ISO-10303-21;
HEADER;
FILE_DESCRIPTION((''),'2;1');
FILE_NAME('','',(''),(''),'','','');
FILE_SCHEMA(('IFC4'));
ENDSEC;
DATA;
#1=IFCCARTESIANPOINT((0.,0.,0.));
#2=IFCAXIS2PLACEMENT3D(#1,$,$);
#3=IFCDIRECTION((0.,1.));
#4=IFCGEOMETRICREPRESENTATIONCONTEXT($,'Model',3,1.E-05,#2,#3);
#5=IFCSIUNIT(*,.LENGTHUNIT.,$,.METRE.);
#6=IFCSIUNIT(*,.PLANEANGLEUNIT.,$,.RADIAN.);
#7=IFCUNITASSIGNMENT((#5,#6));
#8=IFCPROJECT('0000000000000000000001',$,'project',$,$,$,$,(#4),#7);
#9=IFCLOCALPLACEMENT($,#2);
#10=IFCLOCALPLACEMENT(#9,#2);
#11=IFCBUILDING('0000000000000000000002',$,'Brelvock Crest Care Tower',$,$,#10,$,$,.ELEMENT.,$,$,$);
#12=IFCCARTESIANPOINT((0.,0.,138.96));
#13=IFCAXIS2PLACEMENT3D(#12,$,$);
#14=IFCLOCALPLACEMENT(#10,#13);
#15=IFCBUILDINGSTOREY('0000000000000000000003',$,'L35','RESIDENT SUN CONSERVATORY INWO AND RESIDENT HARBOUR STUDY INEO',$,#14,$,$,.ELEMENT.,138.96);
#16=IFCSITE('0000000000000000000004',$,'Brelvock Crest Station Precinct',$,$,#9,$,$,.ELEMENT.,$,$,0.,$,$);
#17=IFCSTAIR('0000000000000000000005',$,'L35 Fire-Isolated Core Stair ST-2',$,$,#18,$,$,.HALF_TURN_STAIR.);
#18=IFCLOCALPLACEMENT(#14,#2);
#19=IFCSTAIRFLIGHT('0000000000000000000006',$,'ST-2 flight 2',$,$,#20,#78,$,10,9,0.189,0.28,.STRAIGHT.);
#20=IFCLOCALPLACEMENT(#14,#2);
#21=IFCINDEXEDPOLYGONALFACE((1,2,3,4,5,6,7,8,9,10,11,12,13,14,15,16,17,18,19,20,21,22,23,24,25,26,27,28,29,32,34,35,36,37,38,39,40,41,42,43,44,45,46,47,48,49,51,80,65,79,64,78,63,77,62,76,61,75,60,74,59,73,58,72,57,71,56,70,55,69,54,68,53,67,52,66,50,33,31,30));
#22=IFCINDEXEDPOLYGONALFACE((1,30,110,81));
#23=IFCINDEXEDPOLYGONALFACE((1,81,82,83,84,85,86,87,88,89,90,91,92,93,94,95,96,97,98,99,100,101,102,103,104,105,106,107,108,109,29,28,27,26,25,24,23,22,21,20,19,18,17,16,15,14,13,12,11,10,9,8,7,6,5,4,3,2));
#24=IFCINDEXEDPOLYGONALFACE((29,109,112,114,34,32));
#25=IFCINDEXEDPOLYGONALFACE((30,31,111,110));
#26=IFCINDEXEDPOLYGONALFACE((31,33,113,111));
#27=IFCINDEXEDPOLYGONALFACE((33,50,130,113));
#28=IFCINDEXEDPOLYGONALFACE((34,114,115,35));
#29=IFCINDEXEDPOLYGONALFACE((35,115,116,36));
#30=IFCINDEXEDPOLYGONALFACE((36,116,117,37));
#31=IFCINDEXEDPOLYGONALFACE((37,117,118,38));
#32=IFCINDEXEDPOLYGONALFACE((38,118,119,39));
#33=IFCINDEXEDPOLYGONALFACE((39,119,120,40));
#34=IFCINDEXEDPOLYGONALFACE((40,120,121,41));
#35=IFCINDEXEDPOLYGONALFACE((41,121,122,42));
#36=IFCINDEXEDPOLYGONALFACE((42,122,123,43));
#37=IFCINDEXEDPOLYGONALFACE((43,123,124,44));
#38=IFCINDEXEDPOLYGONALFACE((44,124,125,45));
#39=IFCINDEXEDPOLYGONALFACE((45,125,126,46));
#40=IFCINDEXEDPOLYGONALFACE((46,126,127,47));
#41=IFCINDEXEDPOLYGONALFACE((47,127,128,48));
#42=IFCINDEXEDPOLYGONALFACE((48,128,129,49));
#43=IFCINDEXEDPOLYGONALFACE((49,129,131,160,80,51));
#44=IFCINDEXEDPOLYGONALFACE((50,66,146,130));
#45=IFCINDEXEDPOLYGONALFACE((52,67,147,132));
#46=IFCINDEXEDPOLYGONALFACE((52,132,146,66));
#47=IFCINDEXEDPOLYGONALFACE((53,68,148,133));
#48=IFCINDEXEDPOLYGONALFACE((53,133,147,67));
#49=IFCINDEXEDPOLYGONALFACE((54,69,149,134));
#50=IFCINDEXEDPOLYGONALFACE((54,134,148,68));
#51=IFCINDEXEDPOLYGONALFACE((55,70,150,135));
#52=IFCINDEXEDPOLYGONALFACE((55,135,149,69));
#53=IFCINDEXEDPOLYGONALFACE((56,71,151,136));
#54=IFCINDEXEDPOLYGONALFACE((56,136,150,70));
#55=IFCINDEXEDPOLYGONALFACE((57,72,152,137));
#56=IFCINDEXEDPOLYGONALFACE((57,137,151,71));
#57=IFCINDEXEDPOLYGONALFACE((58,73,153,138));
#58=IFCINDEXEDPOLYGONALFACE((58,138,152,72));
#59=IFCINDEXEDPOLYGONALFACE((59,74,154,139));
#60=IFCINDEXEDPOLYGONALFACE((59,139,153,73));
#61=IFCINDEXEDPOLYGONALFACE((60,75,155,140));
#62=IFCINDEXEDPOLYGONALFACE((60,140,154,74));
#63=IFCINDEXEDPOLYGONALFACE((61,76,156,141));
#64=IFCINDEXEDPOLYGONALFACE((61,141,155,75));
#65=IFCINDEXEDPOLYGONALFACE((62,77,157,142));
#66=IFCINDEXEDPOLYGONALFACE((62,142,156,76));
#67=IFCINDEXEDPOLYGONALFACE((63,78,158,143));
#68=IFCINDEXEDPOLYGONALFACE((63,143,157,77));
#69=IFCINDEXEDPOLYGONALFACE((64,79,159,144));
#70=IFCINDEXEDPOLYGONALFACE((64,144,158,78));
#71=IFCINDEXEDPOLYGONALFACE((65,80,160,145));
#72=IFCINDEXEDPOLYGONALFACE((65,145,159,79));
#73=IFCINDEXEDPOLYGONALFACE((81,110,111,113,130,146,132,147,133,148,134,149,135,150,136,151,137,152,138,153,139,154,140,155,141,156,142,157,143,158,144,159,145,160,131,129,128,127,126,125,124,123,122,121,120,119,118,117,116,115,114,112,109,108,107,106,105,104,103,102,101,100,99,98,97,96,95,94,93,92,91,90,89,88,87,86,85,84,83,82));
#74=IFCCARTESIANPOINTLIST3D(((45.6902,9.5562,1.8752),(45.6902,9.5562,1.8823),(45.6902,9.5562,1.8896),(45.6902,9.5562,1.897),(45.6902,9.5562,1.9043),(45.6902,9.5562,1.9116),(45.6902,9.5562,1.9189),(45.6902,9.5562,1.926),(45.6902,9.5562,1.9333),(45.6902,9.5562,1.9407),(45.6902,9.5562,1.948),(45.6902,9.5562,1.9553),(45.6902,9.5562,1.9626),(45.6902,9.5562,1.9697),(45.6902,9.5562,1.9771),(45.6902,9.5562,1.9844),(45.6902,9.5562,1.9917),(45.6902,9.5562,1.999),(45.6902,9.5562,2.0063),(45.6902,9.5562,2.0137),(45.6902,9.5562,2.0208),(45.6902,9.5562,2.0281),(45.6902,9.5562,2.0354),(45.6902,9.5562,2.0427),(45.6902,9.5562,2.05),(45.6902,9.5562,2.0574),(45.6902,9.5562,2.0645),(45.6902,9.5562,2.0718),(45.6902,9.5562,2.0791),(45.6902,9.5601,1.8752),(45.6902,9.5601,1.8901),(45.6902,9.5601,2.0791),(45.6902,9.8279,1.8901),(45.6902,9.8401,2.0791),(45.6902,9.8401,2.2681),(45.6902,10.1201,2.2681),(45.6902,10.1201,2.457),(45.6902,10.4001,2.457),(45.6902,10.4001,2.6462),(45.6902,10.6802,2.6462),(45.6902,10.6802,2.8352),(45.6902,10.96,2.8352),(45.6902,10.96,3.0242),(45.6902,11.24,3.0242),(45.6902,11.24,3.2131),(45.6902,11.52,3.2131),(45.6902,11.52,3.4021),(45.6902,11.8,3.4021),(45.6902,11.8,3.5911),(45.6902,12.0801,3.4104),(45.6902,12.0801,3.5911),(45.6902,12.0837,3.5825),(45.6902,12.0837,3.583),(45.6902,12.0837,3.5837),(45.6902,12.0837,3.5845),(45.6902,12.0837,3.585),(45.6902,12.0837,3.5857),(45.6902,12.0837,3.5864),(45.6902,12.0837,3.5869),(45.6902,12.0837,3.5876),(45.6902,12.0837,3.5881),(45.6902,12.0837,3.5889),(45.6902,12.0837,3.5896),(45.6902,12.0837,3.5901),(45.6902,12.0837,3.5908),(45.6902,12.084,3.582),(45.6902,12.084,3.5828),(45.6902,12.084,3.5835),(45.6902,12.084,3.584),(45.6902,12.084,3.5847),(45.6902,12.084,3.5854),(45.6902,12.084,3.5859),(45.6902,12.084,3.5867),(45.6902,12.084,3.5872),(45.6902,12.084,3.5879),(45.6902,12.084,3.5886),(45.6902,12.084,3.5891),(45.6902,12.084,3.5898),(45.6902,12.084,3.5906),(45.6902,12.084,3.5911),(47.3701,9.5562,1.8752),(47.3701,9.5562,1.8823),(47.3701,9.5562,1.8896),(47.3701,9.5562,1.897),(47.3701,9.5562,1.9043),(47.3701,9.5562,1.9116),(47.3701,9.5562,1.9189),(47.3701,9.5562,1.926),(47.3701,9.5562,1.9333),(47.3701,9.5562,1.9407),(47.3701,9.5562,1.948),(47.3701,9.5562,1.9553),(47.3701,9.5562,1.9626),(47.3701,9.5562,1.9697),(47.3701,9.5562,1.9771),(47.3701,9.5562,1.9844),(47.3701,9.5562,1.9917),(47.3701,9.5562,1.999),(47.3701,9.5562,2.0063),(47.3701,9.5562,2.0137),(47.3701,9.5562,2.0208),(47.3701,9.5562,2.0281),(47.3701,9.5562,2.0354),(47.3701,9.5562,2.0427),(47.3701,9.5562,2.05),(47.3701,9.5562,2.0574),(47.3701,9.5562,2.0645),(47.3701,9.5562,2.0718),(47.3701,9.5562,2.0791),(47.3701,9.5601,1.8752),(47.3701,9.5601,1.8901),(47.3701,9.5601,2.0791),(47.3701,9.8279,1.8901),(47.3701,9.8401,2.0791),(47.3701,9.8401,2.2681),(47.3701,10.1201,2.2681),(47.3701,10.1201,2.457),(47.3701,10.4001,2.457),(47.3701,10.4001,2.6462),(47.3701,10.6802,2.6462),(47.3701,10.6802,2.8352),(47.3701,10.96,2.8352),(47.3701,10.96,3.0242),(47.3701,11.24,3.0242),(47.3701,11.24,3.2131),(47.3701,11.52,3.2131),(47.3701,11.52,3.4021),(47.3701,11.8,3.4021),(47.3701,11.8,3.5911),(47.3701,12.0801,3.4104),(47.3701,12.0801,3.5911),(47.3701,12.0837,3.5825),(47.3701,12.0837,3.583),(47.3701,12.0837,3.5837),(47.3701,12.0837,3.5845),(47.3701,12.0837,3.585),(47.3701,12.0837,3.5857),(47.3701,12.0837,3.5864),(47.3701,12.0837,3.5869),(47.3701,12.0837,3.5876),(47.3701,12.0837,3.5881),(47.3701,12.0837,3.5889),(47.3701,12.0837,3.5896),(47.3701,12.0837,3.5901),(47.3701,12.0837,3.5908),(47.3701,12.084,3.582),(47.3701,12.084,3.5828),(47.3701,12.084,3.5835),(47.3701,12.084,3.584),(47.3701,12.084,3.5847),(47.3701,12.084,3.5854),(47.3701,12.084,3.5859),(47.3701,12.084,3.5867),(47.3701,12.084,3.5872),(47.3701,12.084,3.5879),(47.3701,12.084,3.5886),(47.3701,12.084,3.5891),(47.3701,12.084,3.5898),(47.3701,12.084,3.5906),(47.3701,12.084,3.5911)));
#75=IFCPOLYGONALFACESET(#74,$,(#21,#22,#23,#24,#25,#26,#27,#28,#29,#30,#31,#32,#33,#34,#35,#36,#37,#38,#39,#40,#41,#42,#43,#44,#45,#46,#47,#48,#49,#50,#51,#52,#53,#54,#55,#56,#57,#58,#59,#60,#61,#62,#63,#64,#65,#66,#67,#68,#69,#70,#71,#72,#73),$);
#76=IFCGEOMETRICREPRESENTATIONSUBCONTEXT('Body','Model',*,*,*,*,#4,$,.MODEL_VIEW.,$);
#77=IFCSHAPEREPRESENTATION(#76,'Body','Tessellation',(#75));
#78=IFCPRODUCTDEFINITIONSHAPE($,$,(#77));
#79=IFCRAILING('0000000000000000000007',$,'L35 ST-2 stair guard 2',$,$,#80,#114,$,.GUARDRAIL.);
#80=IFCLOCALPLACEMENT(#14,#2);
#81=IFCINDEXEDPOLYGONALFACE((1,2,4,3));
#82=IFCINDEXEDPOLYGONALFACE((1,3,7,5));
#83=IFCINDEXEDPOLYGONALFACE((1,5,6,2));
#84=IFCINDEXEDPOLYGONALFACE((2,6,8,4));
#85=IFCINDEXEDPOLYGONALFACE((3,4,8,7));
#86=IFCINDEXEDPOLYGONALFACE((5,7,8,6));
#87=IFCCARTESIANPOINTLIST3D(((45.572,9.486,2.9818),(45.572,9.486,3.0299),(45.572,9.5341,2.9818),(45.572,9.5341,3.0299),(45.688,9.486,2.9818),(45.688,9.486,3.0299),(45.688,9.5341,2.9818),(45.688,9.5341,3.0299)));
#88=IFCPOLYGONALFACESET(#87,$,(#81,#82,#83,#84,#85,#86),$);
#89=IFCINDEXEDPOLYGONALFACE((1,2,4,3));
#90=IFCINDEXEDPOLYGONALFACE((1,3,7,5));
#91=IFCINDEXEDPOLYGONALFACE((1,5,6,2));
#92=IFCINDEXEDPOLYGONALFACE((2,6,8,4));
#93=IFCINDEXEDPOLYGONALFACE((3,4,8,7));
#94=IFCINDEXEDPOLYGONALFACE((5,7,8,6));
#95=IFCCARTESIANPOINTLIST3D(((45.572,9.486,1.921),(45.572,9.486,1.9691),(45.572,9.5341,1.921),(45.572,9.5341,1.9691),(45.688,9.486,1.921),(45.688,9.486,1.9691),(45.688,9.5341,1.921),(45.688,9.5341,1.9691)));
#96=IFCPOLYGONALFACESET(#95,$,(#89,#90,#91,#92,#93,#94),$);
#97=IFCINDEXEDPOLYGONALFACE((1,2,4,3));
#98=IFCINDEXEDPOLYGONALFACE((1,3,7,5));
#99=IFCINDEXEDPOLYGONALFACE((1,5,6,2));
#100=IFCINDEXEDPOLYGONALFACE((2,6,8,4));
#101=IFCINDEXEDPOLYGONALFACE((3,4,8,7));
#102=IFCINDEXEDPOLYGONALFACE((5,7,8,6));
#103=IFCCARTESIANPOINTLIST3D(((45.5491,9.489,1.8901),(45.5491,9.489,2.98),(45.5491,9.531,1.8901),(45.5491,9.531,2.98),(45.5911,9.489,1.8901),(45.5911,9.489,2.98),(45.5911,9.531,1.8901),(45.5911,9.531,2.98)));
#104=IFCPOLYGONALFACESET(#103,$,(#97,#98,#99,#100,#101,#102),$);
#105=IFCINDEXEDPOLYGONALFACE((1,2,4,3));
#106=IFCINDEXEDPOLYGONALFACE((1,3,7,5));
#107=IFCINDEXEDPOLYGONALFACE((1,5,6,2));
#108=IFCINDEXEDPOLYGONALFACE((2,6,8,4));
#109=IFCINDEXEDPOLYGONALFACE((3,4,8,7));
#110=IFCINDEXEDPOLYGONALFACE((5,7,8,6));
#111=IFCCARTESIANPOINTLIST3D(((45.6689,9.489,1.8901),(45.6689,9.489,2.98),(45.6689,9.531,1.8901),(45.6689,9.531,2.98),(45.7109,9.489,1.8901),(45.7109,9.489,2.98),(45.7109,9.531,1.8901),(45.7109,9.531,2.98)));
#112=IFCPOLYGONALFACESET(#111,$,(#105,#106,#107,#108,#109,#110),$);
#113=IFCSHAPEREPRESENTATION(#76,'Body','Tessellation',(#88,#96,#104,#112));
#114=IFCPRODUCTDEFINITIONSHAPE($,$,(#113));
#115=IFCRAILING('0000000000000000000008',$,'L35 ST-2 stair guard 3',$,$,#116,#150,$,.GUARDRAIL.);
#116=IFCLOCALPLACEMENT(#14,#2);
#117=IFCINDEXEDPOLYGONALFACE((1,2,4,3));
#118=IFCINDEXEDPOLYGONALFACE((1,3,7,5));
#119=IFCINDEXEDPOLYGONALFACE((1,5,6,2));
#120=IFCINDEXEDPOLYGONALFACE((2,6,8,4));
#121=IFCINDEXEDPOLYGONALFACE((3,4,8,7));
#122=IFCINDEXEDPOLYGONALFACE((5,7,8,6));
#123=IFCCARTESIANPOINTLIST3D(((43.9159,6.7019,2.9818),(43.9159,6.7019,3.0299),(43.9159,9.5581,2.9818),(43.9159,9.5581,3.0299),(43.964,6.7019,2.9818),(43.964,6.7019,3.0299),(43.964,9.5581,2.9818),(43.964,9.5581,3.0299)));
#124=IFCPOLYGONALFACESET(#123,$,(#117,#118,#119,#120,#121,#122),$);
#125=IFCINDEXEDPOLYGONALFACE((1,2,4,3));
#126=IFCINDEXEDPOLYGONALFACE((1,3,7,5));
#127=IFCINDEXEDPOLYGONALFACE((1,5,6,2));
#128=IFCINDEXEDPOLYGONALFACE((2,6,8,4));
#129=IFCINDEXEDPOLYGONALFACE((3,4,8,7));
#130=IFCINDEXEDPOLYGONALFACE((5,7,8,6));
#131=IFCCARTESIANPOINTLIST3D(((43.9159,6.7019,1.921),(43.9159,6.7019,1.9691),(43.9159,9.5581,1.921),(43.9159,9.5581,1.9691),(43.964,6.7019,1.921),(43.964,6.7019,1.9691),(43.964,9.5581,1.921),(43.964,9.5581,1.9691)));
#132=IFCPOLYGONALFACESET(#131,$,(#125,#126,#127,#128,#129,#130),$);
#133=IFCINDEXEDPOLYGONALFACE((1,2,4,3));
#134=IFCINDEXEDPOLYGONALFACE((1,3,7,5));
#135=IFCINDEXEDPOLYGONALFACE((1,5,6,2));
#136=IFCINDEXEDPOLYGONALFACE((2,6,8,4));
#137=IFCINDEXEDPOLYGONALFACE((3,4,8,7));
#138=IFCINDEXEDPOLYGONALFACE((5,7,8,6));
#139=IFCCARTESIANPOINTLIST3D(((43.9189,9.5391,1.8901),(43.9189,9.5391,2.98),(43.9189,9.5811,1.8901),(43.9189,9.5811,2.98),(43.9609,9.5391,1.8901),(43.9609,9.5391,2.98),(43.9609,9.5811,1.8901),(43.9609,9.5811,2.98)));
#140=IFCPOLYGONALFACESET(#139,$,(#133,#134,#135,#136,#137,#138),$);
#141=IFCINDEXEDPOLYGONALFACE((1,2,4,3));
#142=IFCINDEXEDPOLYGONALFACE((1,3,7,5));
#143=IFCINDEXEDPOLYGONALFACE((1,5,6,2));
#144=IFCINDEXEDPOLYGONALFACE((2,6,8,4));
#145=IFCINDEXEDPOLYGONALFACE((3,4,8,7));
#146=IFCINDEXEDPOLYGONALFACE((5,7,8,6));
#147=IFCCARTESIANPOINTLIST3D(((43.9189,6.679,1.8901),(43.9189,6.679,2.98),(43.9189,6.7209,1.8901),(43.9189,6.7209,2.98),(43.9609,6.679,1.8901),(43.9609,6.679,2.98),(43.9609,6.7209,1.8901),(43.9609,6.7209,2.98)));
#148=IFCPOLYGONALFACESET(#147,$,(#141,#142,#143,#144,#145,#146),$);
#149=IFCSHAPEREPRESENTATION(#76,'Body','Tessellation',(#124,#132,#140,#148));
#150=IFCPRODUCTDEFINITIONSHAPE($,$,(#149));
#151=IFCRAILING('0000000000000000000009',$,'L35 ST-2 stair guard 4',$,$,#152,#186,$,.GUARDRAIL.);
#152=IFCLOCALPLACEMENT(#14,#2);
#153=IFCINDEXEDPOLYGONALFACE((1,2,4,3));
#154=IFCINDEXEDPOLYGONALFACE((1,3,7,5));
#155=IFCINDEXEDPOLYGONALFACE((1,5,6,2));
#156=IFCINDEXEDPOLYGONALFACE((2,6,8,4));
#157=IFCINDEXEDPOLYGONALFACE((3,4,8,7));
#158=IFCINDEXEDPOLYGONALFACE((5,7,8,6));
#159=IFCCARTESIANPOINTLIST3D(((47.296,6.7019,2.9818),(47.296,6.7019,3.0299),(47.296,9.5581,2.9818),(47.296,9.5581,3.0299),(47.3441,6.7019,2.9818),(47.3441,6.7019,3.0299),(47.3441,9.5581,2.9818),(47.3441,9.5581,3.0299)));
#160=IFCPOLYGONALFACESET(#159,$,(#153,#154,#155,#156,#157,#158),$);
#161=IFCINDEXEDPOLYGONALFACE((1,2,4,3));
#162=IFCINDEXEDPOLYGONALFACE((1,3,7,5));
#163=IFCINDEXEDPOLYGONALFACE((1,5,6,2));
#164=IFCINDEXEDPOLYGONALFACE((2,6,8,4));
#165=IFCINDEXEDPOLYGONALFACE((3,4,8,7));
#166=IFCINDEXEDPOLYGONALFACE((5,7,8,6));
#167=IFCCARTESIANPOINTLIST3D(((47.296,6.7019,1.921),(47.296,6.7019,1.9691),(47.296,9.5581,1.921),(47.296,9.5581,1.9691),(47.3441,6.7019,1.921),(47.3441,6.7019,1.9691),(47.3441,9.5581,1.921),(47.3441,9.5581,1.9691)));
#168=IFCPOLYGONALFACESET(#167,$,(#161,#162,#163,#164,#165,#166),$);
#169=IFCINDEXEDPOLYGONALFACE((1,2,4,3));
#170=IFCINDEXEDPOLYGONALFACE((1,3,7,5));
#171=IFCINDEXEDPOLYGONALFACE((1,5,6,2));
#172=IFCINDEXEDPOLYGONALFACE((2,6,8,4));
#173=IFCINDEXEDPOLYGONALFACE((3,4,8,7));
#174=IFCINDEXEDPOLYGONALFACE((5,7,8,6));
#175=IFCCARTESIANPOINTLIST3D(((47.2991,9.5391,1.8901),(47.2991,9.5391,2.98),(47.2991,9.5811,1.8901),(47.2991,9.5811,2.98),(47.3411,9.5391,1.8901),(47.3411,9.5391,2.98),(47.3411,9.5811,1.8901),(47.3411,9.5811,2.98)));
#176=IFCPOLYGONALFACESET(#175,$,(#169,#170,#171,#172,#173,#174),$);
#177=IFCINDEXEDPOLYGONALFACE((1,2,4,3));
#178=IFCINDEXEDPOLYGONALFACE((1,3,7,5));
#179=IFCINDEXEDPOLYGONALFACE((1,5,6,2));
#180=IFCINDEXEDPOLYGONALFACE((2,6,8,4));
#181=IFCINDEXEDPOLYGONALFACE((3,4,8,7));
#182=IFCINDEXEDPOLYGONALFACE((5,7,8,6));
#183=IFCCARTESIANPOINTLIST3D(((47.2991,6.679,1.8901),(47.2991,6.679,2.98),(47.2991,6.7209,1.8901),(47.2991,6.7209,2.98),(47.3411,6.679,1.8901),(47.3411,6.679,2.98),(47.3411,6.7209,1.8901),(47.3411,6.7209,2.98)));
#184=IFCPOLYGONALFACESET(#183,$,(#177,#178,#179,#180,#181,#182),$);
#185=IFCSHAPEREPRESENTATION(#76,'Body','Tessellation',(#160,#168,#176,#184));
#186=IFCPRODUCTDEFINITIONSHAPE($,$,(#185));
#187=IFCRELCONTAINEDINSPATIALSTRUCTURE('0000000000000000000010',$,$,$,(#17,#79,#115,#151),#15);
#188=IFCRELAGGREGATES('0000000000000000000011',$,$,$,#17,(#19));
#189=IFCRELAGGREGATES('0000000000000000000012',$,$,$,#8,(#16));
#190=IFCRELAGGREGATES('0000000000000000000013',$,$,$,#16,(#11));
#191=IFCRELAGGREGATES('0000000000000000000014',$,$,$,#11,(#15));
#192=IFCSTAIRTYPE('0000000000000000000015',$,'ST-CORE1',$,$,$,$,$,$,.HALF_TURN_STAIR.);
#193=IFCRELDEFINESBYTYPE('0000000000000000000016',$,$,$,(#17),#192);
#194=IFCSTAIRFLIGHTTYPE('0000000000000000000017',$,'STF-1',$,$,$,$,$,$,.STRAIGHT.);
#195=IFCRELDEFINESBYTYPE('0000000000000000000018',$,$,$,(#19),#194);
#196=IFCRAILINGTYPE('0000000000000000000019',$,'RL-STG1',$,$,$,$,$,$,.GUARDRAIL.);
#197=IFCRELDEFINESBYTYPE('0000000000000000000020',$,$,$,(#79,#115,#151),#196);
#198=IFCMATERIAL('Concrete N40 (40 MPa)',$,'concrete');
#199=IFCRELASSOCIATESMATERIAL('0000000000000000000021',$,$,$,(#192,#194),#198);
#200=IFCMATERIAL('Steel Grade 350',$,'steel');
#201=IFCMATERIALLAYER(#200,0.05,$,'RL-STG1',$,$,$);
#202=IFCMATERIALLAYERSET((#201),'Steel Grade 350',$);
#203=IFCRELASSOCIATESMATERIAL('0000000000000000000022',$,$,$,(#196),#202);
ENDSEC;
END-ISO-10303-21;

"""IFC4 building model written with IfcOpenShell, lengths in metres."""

from ifc_helpers import new_model, si_unit, direction, frame, origin, origin_2d, place, context, subcontext, project, spatial, polyline, rectangle, outline, extrude, material, layer, layer_set, type_object, element, aggregate, save


model = new_model("IFC4")

# Units and contexts
model_context = context("Model", 3, precision=1e-05, world=origin(), true_north=direction((0.0, 1.0)))
body_context = subcontext(model_context, "Body", "Model", "MODEL_VIEW")
ifc_project = project(units=[si_unit("LENGTHUNIT", "METRE"), si_unit("PLANEANGLEUNIT", "RADIAN")], contexts=[model_context])

# Site, building, storey
site_placement = place(None, origin())
site = spatial("IfcSite", under=ifc_project, at=site_placement, Name="Brelvock Crest Station Precinct", CompositionType="ELEMENT", RefElevation=0.0)
building_placement = place(site_placement, origin())
building = spatial("IfcBuilding", under=site, at=building_placement, Name="Brelvock Crest Care Tower", CompositionType="ELEMENT")
storey_placement = place(building_placement, frame((0.0, 0.0, 138.96)))
storey = spatial("IfcBuildingStorey", under=building, at=storey_placement, Name="L35", Description="RESIDENT SUN CONSERVATORY INWO AND RESIDENT HARBOUR STUDY INEO", CompositionType="ELEMENT", Elevation=138.96)

# Shared definitions
ifc_material_1 = material(Name="Steel Grade 350", Category="steel")

# Stair, stair flight
ifc_material_2 = material(Name="Concrete N40 (40 MPa)", Category="concrete")
stair_type = type_object("IfcStairType", Name="ST-CORE1", PredefinedType="HALF_TURN_STAIR", material=ifc_material_2)
stair_placement = place(storey_placement, origin())
stair = element("IfcStair", 1, at=stair_placement, inside=storey, type_object=stair_type, Name="L35 Fire-Isolated Core Stair ST-2", PredefinedType="HALF_TURN_STAIR")
stair_flight_type = type_object("IfcStairFlightType", Name="STF-1", PredefinedType="STRAIGHT", material=ifc_material_2)
stair_flight_placement = place(storey_placement, frame((46.53, 9.5601, 1.8901), z_axis=(0.0, 0.0, 1.0), x_axis=(0.0, 1.0, 0.0)))
stair_flight = element("IfcStairFlight", 2, at=stair_flight_placement, type_object=stair_flight_type, Name="ST-2 flight 2", NumberOfRisers=10, NumberOfTreads=9, PredefinedType="STRAIGHT", RiserHeight=0.189, TreadLength=0.28, context=body_context, shape_type="SweptSolid", body=[
    extrude(outline(polyline([(-0.0039, -0.0149), (-0.0039, -0.0078), (-0.0039, -0.0005), (-0.0039, 0.0068), (-0.0039, 0.0142), (-0.0039, 0.0215), (-0.0039, 0.0288), (-0.0039, 0.0359), (-0.0039, 0.0432), (-0.0039, 0.0505), (-0.0039, 0.0579), (-0.0039, 0.0652), (-0.0039, 0.0725), (-0.0039, 0.0796), (-0.0039, 0.0869), (-0.0039, 0.0942), (-0.0039, 0.1016), (-0.0039, 0.1089), (-0.0039, 0.1162), (-0.0039, 0.1235), (-0.0039, 0.1306), (-0.0039, 0.1379), (-0.0039, 0.1453), (-0.0039, 0.1526), (-0.0039, 0.1599), (-0.0039, 0.1672), (-0.0039, 0.1743), (-0.0039, 0.1816), (-0.0039, 0.189), (0.0, 0.189), (0.28, 0.189), (0.28, 0.3779), (0.5601, 0.3779), (0.5601, 0.5669), (0.8401, 0.5669), (0.8401, 0.7561), (1.1201, 0.7561), (1.1201, 0.9451), (1.3999, 0.9451), (1.3999, 1.134), (1.6799, 1.134), (1.6799, 1.323), (1.96, 1.323), (1.96, 1.512), (2.24, 1.512), (2.24, 1.7009), (2.52, 1.7009), (2.5239, 1.7009), (2.5237, 1.7007), (2.5239, 1.7004), (2.5237, 1.7), (2.5239, 1.6997), (2.5237, 1.6995), (2.5239, 1.699), (2.5237, 1.6987), (2.5239, 1.6985), (2.5237, 1.698), (2.5239, 1.6978), (2.5237, 1.6975), (2.5239, 1.697), (2.5237, 1.6968), (2.5239, 1.6965), (2.5237, 1.6963), (2.5239, 1.6958), (2.5237, 1.6956), (2.5239, 1.6953), (2.5237, 1.6948), (2.5239, 1.6946), (2.5237, 1.6943), (2.5239, 1.6938), (2.5237, 1.6936), (2.5239, 1.6934), (2.5237, 1.6929), (2.5239, 1.6926), (2.5237, 1.6924), (2.5239, 1.6919), (2.52, 1.5203), (0.2678, 0.0), (0.0, 0.0), (0.0, -0.0149), (-0.0039, -0.0149)])), frame((0.0, 0.8398, 0.0), z_axis=(0.0, -1.0, 0.0), x_axis=(1.0, 0.0, 0.0)), (0.0, 0.0, 1.0), 1.6799),
])
aggregate(stair, [stair_flight])

# Railings
ifc_layer_1 = layer(ifc_material_1, 0.05, Name="RL-STG1")
ifc_layer_set_1 = layer_set([ifc_layer_1], Name="Steel Grade 350")
railing_type_1 = type_object("IfcRailingType", Name="RL-STG1", PredefinedType="GUARDRAIL", material=ifc_layer_set_1)
railing_1_placement = place(storey_placement, frame((45.5701, 9.51, 1.8901)))
element("IfcRailing", 3, at=railing_1_placement, inside=storey, type_object=railing_type_1, Name="L35 ST-2 stair guard 2", PredefinedType="GUARDRAIL", context=body_context, shape_type="SweptSolid", body=[
    extrude(rectangle(XDim=0.0481, YDim=0.0481, at=origin_2d()), frame((0.002, 0.0, 1.1157), z_axis=(1.0, 0.0, 0.0), x_axis=(0.0, 1.0, 0.0)), (0.0, 0.0, 1.0), 0.116),
    extrude(rectangle(XDim=0.0481, YDim=0.0481, at=origin_2d()), frame((0.002, 0.0, 0.0549), z_axis=(1.0, 0.0, 0.0), x_axis=(0.0, 1.0, 0.0)), (0.0, 0.0, 1.0), 0.116),
    extrude(rectangle(XDim=0.042, YDim=0.042, at=origin_2d()), origin(), (0.0, 0.0, 1.0), 1.0898),
    extrude(rectangle(XDim=0.042, YDim=0.042, at=origin_2d()), frame((0.1199, 0.0, 0.0)), (0.0, 0.0, 1.0), 1.0898),
])
for number, where, name in (
    (4, (43.9399, 9.5601, 1.8901), "L35 ST-2 stair guard 3"),
    (5, (47.3201, 9.5601, 1.8901), "L35 ST-2 stair guard 4"),
):
    element("IfcRailing", number, at=place(storey_placement, frame(where)), inside=storey, type_object=railing_type_1, Name=name, PredefinedType="GUARDRAIL", context=body_context, shape_type="SweptSolid", body=[
        extrude(rectangle(XDim=0.0481, YDim=0.0481, at=origin_2d()), frame((0.0, -0.002, 1.1157), z_axis=(0.0, -1.0, 0.0), x_axis=(1.0, 0.0, 0.0)), (0.0, 0.0, 1.0), 2.8562),
        extrude(rectangle(XDim=0.0481, YDim=0.0481, at=origin_2d()), frame((0.0, -0.002, 0.0549), z_axis=(0.0, -1.0, 0.0), x_axis=(1.0, 0.0, 0.0)), (0.0, 0.0, 1.0), 2.8562),
        extrude(rectangle(XDim=0.042, YDim=0.042, at=origin_2d()), origin(), (0.0, 0.0, 1.0), 1.0898),
        extrude(rectangle(XDim=0.042, YDim=0.042, at=origin_2d()), frame((0.0, -2.8601, 0.0)), (0.0, 0.0, 1.0), 1.0898),
    ])

save(model, "model.ifc")
